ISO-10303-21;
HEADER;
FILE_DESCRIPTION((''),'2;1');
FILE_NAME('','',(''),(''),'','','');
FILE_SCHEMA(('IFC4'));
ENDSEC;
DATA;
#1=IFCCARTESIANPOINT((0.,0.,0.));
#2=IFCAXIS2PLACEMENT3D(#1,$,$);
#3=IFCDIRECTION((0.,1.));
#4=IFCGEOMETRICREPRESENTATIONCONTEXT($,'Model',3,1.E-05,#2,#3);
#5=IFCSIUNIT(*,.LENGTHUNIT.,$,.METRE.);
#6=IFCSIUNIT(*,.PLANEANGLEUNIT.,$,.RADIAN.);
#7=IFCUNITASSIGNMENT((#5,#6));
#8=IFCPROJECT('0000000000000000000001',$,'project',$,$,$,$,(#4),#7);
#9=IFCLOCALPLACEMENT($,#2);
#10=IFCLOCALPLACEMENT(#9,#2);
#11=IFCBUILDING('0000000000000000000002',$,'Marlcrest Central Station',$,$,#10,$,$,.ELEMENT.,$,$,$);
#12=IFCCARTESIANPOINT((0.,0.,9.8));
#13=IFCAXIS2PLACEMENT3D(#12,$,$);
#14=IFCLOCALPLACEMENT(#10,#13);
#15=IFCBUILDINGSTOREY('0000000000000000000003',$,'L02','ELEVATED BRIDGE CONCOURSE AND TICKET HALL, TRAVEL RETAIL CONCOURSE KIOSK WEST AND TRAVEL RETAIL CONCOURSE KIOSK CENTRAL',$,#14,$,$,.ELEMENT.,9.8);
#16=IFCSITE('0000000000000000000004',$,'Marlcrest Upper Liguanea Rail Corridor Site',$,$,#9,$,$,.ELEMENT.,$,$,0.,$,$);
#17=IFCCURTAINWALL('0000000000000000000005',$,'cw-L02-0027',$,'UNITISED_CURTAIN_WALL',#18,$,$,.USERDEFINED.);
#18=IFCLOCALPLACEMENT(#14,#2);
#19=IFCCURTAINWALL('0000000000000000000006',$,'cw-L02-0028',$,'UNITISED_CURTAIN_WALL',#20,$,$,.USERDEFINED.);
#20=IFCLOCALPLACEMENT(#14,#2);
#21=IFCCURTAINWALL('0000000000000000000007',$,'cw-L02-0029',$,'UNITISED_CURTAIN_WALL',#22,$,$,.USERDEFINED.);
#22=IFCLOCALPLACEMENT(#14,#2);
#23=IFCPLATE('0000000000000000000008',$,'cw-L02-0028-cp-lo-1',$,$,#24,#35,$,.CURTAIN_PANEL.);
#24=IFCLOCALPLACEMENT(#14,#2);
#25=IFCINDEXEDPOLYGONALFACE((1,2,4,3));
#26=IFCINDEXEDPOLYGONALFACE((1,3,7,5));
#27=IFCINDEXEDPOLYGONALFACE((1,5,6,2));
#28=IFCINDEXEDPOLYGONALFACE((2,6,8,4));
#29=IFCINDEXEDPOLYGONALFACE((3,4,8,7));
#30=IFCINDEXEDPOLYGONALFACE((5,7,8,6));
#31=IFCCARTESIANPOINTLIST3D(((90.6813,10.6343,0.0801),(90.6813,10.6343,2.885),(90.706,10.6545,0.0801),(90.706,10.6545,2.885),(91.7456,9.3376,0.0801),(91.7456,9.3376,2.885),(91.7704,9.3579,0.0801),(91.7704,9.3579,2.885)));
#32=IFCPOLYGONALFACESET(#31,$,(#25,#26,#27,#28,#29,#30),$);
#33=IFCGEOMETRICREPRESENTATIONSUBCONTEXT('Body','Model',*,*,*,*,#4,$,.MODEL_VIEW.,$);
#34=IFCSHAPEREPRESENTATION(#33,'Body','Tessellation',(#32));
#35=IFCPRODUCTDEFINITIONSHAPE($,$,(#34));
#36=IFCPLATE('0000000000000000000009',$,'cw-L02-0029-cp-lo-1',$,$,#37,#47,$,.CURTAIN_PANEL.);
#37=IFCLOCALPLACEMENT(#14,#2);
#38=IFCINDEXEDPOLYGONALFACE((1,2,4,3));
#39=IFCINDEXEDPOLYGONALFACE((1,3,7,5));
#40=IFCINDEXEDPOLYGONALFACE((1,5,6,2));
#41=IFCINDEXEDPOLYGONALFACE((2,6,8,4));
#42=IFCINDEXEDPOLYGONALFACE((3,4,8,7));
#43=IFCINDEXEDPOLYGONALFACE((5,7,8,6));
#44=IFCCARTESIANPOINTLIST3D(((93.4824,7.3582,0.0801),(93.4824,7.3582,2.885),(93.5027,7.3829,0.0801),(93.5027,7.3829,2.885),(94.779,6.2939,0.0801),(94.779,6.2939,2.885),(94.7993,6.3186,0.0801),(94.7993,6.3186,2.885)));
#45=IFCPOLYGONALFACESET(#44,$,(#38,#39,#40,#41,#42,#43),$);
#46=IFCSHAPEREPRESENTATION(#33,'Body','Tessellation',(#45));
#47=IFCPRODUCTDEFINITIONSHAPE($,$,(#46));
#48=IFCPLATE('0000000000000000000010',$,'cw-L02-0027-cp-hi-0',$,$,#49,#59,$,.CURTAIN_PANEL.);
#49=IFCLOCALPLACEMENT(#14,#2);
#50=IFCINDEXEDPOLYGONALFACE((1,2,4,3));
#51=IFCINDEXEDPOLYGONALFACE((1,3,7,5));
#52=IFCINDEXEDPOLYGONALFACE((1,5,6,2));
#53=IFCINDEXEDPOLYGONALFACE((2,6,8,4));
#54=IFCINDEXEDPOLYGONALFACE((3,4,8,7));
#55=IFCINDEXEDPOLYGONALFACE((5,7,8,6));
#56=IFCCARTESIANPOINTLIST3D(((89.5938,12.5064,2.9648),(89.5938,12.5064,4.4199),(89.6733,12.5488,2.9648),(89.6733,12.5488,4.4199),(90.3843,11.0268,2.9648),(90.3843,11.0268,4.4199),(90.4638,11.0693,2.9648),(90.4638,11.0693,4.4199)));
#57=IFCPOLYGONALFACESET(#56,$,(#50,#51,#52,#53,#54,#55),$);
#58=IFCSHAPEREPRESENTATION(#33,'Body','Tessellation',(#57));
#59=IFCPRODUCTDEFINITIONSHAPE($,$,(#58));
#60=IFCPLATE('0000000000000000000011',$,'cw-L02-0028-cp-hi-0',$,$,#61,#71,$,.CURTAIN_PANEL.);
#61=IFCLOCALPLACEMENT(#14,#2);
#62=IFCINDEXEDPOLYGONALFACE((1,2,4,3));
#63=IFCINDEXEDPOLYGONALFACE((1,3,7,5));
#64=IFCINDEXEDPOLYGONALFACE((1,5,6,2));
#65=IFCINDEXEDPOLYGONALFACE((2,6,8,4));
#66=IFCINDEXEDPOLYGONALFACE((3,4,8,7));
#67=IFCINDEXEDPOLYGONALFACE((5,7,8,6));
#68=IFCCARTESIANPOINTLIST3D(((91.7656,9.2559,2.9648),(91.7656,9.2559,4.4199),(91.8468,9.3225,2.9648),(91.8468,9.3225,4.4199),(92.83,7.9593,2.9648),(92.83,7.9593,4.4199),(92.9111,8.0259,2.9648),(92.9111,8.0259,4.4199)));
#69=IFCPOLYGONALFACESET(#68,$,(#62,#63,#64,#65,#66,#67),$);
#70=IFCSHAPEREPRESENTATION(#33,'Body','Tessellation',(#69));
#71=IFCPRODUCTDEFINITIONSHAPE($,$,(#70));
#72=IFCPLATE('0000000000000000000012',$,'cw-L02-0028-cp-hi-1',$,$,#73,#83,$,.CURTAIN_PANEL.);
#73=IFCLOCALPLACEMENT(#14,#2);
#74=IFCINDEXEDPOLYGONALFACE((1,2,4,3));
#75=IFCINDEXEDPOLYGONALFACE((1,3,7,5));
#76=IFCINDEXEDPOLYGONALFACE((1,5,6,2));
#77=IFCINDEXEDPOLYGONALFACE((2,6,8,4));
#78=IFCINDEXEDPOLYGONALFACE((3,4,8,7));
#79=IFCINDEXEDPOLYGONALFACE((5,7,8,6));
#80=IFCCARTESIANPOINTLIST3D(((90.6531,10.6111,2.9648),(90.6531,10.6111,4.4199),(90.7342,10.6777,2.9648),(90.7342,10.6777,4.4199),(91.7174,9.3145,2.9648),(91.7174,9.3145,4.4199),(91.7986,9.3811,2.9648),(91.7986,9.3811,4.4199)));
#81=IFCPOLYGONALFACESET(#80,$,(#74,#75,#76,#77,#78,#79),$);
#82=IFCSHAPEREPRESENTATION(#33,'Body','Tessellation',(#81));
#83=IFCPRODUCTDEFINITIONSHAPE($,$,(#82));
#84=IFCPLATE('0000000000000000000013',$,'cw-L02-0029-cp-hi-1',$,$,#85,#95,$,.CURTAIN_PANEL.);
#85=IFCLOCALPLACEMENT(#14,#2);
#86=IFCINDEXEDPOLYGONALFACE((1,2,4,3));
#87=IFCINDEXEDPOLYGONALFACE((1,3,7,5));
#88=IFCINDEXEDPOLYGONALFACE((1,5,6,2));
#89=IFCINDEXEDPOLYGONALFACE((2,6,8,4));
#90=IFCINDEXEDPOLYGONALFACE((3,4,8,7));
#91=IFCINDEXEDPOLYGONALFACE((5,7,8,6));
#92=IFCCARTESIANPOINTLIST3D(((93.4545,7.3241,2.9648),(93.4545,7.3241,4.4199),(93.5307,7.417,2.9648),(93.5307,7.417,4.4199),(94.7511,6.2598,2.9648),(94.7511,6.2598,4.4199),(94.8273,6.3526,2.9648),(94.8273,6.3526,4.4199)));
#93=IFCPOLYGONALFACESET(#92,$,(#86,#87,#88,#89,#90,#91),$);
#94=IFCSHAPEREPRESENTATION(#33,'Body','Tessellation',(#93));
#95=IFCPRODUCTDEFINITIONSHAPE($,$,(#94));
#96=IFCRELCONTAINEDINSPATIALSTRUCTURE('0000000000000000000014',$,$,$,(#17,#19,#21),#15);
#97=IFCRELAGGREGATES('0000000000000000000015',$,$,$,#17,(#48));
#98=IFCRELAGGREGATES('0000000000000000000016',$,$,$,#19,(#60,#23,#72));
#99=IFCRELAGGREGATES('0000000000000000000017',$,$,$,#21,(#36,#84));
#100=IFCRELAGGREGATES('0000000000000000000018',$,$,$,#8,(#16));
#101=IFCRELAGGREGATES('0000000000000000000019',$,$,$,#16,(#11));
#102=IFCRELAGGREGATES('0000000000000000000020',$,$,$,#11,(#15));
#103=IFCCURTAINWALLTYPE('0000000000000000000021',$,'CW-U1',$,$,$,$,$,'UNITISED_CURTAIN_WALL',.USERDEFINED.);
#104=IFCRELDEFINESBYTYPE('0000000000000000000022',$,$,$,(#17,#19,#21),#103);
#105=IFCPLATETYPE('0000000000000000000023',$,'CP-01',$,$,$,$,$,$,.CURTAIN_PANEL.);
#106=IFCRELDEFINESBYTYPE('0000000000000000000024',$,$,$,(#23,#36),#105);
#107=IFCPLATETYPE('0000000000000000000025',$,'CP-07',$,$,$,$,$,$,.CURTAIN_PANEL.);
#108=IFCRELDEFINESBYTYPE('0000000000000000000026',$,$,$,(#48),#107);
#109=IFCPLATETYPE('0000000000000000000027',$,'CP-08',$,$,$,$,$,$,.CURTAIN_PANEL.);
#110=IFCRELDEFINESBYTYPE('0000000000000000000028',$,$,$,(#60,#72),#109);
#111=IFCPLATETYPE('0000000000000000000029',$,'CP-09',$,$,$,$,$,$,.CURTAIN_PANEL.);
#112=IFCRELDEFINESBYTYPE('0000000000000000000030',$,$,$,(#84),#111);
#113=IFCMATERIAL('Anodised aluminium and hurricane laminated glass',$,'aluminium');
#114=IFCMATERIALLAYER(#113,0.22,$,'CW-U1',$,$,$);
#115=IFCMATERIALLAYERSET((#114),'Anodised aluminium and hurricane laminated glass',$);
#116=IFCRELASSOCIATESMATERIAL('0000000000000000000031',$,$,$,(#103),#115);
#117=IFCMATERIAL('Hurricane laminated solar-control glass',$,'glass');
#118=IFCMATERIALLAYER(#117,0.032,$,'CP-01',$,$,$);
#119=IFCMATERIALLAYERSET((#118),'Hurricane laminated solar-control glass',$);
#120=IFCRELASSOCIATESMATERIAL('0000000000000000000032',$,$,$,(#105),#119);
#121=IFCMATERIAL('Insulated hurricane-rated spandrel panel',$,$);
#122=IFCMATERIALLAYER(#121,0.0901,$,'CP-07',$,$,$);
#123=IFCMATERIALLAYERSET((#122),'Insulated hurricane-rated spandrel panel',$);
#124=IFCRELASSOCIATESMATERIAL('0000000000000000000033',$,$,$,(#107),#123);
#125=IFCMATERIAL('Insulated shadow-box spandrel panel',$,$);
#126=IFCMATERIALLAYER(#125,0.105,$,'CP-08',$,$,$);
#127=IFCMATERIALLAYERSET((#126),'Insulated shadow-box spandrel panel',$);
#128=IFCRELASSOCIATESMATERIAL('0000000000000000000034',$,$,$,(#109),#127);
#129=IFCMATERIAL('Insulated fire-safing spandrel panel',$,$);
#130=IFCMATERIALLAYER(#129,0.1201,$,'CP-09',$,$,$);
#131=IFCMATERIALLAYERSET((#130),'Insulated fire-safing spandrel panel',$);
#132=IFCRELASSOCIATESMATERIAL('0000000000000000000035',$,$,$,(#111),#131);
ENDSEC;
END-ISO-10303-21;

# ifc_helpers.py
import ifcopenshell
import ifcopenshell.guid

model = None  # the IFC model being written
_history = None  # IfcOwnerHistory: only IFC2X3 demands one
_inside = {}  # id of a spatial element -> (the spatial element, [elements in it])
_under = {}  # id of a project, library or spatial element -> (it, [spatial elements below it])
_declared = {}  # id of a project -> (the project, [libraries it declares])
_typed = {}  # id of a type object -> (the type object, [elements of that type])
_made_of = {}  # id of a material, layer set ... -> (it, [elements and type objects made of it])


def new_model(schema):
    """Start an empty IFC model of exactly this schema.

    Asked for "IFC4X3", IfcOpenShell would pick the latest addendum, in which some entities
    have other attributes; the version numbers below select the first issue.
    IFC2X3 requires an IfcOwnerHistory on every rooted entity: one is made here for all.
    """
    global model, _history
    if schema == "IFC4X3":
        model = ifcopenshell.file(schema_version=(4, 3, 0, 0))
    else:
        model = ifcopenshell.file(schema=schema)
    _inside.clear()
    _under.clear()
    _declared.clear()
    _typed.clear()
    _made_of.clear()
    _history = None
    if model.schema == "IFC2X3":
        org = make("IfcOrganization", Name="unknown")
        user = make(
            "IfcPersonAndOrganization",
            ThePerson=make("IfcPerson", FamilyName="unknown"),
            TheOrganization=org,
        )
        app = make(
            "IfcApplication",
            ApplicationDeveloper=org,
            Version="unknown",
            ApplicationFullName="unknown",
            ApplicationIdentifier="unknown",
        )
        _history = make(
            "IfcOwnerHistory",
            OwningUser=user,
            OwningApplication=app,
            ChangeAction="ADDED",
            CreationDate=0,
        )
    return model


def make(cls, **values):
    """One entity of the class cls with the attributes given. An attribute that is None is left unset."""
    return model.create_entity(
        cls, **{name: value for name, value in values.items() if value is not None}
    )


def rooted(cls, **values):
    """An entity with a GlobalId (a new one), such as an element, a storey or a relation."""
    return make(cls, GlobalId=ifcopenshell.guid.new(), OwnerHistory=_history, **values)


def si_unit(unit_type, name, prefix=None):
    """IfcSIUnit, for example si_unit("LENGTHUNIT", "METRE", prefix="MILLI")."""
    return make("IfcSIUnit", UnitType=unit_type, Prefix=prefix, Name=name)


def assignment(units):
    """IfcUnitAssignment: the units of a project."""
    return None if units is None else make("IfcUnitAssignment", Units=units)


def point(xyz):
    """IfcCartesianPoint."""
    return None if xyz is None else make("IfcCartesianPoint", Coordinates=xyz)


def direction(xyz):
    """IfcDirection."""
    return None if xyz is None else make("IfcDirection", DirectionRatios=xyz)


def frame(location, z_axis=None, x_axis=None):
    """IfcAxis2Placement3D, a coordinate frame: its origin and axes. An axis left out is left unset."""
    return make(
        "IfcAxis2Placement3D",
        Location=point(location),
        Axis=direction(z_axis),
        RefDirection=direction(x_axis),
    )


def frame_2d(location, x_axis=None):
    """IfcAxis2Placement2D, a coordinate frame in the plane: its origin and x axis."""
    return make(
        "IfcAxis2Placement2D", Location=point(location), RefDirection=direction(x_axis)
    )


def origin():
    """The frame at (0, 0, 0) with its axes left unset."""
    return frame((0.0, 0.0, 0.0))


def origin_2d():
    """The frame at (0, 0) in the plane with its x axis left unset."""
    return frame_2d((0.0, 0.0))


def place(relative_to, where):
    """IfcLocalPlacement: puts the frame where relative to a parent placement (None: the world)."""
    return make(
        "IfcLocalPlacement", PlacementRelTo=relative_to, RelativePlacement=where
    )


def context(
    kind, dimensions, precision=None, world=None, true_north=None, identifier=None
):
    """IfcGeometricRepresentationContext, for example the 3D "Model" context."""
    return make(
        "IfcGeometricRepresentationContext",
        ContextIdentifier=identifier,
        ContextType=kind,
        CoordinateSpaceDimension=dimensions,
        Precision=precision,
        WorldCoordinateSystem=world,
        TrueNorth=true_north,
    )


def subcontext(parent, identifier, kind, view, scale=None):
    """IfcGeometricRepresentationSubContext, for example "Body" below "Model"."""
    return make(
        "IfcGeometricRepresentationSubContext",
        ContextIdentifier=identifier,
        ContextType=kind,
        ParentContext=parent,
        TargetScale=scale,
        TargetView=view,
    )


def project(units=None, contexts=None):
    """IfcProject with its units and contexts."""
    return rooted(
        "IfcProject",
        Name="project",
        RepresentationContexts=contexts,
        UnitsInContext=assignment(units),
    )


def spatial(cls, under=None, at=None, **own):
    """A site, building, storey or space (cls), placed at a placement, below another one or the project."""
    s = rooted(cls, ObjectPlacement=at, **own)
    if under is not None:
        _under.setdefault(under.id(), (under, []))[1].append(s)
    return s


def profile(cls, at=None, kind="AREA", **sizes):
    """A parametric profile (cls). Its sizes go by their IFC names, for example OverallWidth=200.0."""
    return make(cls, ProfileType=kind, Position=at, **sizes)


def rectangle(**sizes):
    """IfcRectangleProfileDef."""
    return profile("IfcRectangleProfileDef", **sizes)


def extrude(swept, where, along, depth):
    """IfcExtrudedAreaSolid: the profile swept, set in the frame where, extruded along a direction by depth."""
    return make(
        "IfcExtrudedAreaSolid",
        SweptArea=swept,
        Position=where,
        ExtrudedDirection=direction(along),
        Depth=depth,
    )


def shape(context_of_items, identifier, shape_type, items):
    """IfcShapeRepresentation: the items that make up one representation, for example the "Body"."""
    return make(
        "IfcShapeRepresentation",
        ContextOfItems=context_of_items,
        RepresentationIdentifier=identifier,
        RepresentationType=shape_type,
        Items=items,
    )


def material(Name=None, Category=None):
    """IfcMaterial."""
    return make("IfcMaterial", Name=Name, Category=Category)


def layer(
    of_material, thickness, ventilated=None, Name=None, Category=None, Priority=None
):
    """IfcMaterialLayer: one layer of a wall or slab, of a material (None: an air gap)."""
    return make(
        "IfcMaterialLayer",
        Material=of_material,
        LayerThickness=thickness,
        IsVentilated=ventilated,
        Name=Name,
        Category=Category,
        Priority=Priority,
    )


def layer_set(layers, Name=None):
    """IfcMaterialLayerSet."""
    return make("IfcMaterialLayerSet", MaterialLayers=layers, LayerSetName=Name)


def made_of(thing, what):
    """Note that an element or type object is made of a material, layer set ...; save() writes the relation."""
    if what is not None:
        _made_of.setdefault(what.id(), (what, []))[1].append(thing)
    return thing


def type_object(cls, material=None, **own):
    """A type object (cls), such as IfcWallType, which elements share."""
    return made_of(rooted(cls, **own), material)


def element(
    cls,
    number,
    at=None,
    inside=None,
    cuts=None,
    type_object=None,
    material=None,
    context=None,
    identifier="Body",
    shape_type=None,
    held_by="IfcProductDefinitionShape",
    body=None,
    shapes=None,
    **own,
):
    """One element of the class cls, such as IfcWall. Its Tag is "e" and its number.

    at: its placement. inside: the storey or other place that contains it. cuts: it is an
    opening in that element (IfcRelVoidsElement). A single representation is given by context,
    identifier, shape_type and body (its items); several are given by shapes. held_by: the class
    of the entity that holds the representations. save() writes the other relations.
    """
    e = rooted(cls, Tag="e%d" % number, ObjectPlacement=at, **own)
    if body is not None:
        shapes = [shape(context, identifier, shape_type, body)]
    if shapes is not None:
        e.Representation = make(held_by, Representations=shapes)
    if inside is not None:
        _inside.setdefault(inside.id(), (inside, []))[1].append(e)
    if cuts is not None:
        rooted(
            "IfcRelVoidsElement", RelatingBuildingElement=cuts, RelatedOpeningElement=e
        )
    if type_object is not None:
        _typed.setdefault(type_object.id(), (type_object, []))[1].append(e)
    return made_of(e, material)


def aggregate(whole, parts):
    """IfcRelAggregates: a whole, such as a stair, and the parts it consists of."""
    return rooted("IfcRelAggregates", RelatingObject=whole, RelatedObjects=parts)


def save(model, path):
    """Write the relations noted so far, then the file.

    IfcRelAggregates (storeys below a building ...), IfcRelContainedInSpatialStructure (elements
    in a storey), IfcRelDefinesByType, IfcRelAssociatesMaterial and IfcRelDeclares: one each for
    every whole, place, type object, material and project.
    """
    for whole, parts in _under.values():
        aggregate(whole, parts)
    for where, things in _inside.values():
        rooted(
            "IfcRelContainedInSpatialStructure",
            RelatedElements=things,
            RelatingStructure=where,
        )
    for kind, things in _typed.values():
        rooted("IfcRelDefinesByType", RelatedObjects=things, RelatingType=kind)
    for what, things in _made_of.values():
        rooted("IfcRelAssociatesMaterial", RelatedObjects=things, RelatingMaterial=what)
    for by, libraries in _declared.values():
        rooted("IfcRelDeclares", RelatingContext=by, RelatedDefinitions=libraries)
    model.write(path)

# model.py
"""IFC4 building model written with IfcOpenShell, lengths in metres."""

from ifc_helpers import new_model, si_unit, direction, frame, origin, origin_2d, place, context, subcontext, project, spatial, rectangle, extrude, material, layer, layer_set, type_object, element, aggregate, save


model = new_model("IFC4")

# Units and contexts
model_context = context("Model", 3, precision=1e-05, world=origin(), true_north=direction((0.0, 1.0)))
body_context = subcontext(model_context, "Body", "Model", "MODEL_VIEW")
ifc_project = project(units=[si_unit("LENGTHUNIT", "METRE"), si_unit("PLANEANGLEUNIT", "RADIAN")], contexts=[model_context])

# Site, building, storey
site_placement = place(None, origin())
site = spatial("IfcSite", under=ifc_project, at=site_placement, Name="Marlcrest Upper Liguanea Rail Corridor Site", CompositionType="ELEMENT", RefElevation=0.0)
building_placement = place(site_placement, origin())
building = spatial("IfcBuilding", under=site, at=building_placement, Name="Marlcrest Central Station", CompositionType="ELEMENT")
storey_placement = place(building_placement, frame((0.0, 0.0, 9.8)))
storey = spatial("IfcBuildingStorey", under=building, at=storey_placement, Name="L02", Description="ELEVATED BRIDGE CONCOURSE AND TICKET HALL, TRAVEL RETAIL CONCOURSE KIOSK WEST AND TRAVEL RETAIL CONCOURSE KIOSK CENTRAL", CompositionType="ELEMENT", Elevation=9.8)

# Curtain walls
ifc_material_1 = material(Name="Anodised aluminium and hurricane laminated glass", Category="aluminium")
ifc_layer_1 = layer(ifc_material_1, 0.22, Name="CW-U1")
ifc_layer_set_1 = layer_set([ifc_layer_1], Name="Anodised aluminium and hurricane laminated glass")
curtain_wall_type = type_object("IfcCurtainWallType", Name="CW-U1", ElementType="UNITISED_CURTAIN_WALL", PredefinedType="USERDEFINED", material=ifc_layer_set_1)
curtain_wall_1_placement = place(storey_placement, origin())
curtain_wall_1 = element("IfcCurtainWall", 1, at=curtain_wall_1_placement, inside=storey, type_object=curtain_wall_type, Name="cw-L02-0027", ObjectType="UNITISED_CURTAIN_WALL", PredefinedType="USERDEFINED")
curtain_wall_2_placement = place(storey_placement, origin())
curtain_wall_2 = element("IfcCurtainWall", 2, at=curtain_wall_2_placement, inside=storey, type_object=curtain_wall_type, Name="cw-L02-0028", ObjectType="UNITISED_CURTAIN_WALL", PredefinedType="USERDEFINED")

# Curtain wall
curtain_wall_3_placement = place(storey_placement, origin())
curtain_wall_3 = element("IfcCurtainWall", 3, at=curtain_wall_3_placement, inside=storey, type_object=curtain_wall_type, Name="cw-L02-0029", ObjectType="UNITISED_CURTAIN_WALL", PredefinedType="USERDEFINED")

# Plates
ifc_material_2 = material(Name="Hurricane laminated solar-control glass", Category="glass")
ifc_layer_2 = layer(ifc_material_2, 0.032, Name="CP-01")
ifc_layer_set_2 = layer_set([ifc_layer_2], Name="Hurricane laminated solar-control glass")
plate_type_1 = type_object("IfcPlateType", Name="CP-01", PredefinedType="CURTAIN_PANEL", material=ifc_layer_set_2)
plate_1_placement = place(storey_placement, frame((91.2258, 9.9961, 0.0801), z_axis=(0.0, 0.0, 1.0), x_axis=(-0.634474, 0.772944, 0.0)))
plate_1 = element("IfcPlate", 4, at=plate_1_placement, type_object=plate_type_1, Name="cw-L02-0028-cp-lo-1", PredefinedType="CURTAIN_PANEL", context=body_context, shape_type="SweptSolid", body=[
    extrude(rectangle(XDim=1.6775, YDim=0.032, at=origin_2d()), origin(), (0.0, 0.0, 1.0), 2.8049),
])
plate_2_placement = place(storey_placement, frame((94.1409, 6.8384, 0.0801), z_axis=(0.0, 0.0, 1.0), x_axis=(-0.772944, 0.634474, 0.0)))
plate_2 = element("IfcPlate", 5, at=plate_2_placement, type_object=plate_type_1, Name="cw-L02-0029-cp-lo-1", PredefinedType="CURTAIN_PANEL", context=body_context, shape_type="SweptSolid", body=[
    extrude(rectangle(XDim=1.6775, YDim=0.032, at=origin_2d()), origin(), (0.0, 0.0, 1.0), 2.8049),
])
ifc_material_3 = material(Name="Insulated hurricane-rated spandrel panel")
ifc_layer_3 = layer(ifc_material_3, 0.0901, Name="CP-07")
ifc_layer_set_3 = layer_set([ifc_layer_3], Name="Insulated hurricane-rated spandrel panel")
plate_type_2 = type_object("IfcPlateType", Name="CP-07", PredefinedType="CURTAIN_PANEL", material=ifc_layer_set_3)
plate_3_placement = place(storey_placement, frame((90.0288, 11.7878, 2.9648), z_axis=(0.0, 0.0, 1.0), x_axis=(-0.471243, 0.882004, 0.0)))
plate_3 = element("IfcPlate", 6, at=plate_3_placement, type_object=plate_type_2, Name="cw-L02-0027-cp-hi-0", PredefinedType="CURTAIN_PANEL", context=body_context, shape_type="SweptSolid", body=[
    extrude(rectangle(XDim=1.6775, YDim=0.0901, at=origin_2d()), origin(), (0.0, 0.0, 1.0), 1.4551),
])
aggregate(curtain_wall_1, [plate_3])
ifc_material_4 = material(Name="Insulated shadow-box spandrel panel")
ifc_layer_4 = layer(ifc_material_4, 0.105, Name="CP-08")
ifc_layer_set_4 = layer_set([ifc_layer_4], Name="Insulated shadow-box spandrel panel")
plate_type_3 = type_object("IfcPlateType", Name="CP-08", PredefinedType="CURTAIN_PANEL", material=ifc_layer_set_4)
plate_4_placement = place(storey_placement, frame((92.3384, 8.6409, 2.9648), z_axis=(0.0, 0.0, 1.0), x_axis=(-0.634474, 0.772944, 0.0)))
plate_4 = element("IfcPlate", 7, at=plate_4_placement, type_object=plate_type_3, Name="cw-L02-0028-cp-hi-0", PredefinedType="CURTAIN_PANEL", context=body_context, shape_type="SweptSolid", body=[
    extrude(rectangle(XDim=1.6775, YDim=0.105, at=origin_2d()), origin(), (0.0, 0.0, 1.0), 1.4551),
])
plate_5_placement = place(storey_placement, frame((91.2258, 9.9961, 2.9648), z_axis=(0.0, 0.0, 1.0), x_axis=(-0.634474, 0.772944, 0.0)))
plate_5 = element("IfcPlate", 8, at=plate_5_placement, type_object=plate_type_3, Name="cw-L02-0028-cp-hi-1", PredefinedType="CURTAIN_PANEL", context=body_context, shape_type="SweptSolid", body=[
    extrude(rectangle(XDim=1.6775, YDim=0.105, at=origin_2d()), origin(), (0.0, 0.0, 1.0), 1.4551),
])
aggregate(curtain_wall_2, [plate_4, plate_1, plate_5])
ifc_material_5 = material(Name="Insulated fire-safing spandrel panel")
ifc_layer_5 = layer(ifc_material_5, 0.1201, Name="CP-09")
ifc_layer_set_5 = layer_set([ifc_layer_5], Name="Insulated fire-safing spandrel panel")
plate_type_4 = type_object("IfcPlateType", Name="CP-09", PredefinedType="CURTAIN_PANEL", material=ifc_layer_set_5)
plate_6_placement = place(storey_placement, frame((94.1409, 6.8384, 2.9648), z_axis=(0.0, 0.0, 1.0), x_axis=(-0.772944, 0.634474, 0.0)))
plate_6 = element("IfcPlate", 9, at=plate_6_placement, type_object=plate_type_4, Name="cw-L02-0029-cp-hi-1", PredefinedType="CURTAIN_PANEL", context=body_context, shape_type="SweptSolid", body=[
    extrude(rectangle(XDim=1.6775, YDim=0.1201, at=origin_2d()), origin(), (0.0, 0.0, 1.0), 1.4551),
])
aggregate(curtain_wall_3, [plate_2, plate_6])

save(model, "model.ifc")
